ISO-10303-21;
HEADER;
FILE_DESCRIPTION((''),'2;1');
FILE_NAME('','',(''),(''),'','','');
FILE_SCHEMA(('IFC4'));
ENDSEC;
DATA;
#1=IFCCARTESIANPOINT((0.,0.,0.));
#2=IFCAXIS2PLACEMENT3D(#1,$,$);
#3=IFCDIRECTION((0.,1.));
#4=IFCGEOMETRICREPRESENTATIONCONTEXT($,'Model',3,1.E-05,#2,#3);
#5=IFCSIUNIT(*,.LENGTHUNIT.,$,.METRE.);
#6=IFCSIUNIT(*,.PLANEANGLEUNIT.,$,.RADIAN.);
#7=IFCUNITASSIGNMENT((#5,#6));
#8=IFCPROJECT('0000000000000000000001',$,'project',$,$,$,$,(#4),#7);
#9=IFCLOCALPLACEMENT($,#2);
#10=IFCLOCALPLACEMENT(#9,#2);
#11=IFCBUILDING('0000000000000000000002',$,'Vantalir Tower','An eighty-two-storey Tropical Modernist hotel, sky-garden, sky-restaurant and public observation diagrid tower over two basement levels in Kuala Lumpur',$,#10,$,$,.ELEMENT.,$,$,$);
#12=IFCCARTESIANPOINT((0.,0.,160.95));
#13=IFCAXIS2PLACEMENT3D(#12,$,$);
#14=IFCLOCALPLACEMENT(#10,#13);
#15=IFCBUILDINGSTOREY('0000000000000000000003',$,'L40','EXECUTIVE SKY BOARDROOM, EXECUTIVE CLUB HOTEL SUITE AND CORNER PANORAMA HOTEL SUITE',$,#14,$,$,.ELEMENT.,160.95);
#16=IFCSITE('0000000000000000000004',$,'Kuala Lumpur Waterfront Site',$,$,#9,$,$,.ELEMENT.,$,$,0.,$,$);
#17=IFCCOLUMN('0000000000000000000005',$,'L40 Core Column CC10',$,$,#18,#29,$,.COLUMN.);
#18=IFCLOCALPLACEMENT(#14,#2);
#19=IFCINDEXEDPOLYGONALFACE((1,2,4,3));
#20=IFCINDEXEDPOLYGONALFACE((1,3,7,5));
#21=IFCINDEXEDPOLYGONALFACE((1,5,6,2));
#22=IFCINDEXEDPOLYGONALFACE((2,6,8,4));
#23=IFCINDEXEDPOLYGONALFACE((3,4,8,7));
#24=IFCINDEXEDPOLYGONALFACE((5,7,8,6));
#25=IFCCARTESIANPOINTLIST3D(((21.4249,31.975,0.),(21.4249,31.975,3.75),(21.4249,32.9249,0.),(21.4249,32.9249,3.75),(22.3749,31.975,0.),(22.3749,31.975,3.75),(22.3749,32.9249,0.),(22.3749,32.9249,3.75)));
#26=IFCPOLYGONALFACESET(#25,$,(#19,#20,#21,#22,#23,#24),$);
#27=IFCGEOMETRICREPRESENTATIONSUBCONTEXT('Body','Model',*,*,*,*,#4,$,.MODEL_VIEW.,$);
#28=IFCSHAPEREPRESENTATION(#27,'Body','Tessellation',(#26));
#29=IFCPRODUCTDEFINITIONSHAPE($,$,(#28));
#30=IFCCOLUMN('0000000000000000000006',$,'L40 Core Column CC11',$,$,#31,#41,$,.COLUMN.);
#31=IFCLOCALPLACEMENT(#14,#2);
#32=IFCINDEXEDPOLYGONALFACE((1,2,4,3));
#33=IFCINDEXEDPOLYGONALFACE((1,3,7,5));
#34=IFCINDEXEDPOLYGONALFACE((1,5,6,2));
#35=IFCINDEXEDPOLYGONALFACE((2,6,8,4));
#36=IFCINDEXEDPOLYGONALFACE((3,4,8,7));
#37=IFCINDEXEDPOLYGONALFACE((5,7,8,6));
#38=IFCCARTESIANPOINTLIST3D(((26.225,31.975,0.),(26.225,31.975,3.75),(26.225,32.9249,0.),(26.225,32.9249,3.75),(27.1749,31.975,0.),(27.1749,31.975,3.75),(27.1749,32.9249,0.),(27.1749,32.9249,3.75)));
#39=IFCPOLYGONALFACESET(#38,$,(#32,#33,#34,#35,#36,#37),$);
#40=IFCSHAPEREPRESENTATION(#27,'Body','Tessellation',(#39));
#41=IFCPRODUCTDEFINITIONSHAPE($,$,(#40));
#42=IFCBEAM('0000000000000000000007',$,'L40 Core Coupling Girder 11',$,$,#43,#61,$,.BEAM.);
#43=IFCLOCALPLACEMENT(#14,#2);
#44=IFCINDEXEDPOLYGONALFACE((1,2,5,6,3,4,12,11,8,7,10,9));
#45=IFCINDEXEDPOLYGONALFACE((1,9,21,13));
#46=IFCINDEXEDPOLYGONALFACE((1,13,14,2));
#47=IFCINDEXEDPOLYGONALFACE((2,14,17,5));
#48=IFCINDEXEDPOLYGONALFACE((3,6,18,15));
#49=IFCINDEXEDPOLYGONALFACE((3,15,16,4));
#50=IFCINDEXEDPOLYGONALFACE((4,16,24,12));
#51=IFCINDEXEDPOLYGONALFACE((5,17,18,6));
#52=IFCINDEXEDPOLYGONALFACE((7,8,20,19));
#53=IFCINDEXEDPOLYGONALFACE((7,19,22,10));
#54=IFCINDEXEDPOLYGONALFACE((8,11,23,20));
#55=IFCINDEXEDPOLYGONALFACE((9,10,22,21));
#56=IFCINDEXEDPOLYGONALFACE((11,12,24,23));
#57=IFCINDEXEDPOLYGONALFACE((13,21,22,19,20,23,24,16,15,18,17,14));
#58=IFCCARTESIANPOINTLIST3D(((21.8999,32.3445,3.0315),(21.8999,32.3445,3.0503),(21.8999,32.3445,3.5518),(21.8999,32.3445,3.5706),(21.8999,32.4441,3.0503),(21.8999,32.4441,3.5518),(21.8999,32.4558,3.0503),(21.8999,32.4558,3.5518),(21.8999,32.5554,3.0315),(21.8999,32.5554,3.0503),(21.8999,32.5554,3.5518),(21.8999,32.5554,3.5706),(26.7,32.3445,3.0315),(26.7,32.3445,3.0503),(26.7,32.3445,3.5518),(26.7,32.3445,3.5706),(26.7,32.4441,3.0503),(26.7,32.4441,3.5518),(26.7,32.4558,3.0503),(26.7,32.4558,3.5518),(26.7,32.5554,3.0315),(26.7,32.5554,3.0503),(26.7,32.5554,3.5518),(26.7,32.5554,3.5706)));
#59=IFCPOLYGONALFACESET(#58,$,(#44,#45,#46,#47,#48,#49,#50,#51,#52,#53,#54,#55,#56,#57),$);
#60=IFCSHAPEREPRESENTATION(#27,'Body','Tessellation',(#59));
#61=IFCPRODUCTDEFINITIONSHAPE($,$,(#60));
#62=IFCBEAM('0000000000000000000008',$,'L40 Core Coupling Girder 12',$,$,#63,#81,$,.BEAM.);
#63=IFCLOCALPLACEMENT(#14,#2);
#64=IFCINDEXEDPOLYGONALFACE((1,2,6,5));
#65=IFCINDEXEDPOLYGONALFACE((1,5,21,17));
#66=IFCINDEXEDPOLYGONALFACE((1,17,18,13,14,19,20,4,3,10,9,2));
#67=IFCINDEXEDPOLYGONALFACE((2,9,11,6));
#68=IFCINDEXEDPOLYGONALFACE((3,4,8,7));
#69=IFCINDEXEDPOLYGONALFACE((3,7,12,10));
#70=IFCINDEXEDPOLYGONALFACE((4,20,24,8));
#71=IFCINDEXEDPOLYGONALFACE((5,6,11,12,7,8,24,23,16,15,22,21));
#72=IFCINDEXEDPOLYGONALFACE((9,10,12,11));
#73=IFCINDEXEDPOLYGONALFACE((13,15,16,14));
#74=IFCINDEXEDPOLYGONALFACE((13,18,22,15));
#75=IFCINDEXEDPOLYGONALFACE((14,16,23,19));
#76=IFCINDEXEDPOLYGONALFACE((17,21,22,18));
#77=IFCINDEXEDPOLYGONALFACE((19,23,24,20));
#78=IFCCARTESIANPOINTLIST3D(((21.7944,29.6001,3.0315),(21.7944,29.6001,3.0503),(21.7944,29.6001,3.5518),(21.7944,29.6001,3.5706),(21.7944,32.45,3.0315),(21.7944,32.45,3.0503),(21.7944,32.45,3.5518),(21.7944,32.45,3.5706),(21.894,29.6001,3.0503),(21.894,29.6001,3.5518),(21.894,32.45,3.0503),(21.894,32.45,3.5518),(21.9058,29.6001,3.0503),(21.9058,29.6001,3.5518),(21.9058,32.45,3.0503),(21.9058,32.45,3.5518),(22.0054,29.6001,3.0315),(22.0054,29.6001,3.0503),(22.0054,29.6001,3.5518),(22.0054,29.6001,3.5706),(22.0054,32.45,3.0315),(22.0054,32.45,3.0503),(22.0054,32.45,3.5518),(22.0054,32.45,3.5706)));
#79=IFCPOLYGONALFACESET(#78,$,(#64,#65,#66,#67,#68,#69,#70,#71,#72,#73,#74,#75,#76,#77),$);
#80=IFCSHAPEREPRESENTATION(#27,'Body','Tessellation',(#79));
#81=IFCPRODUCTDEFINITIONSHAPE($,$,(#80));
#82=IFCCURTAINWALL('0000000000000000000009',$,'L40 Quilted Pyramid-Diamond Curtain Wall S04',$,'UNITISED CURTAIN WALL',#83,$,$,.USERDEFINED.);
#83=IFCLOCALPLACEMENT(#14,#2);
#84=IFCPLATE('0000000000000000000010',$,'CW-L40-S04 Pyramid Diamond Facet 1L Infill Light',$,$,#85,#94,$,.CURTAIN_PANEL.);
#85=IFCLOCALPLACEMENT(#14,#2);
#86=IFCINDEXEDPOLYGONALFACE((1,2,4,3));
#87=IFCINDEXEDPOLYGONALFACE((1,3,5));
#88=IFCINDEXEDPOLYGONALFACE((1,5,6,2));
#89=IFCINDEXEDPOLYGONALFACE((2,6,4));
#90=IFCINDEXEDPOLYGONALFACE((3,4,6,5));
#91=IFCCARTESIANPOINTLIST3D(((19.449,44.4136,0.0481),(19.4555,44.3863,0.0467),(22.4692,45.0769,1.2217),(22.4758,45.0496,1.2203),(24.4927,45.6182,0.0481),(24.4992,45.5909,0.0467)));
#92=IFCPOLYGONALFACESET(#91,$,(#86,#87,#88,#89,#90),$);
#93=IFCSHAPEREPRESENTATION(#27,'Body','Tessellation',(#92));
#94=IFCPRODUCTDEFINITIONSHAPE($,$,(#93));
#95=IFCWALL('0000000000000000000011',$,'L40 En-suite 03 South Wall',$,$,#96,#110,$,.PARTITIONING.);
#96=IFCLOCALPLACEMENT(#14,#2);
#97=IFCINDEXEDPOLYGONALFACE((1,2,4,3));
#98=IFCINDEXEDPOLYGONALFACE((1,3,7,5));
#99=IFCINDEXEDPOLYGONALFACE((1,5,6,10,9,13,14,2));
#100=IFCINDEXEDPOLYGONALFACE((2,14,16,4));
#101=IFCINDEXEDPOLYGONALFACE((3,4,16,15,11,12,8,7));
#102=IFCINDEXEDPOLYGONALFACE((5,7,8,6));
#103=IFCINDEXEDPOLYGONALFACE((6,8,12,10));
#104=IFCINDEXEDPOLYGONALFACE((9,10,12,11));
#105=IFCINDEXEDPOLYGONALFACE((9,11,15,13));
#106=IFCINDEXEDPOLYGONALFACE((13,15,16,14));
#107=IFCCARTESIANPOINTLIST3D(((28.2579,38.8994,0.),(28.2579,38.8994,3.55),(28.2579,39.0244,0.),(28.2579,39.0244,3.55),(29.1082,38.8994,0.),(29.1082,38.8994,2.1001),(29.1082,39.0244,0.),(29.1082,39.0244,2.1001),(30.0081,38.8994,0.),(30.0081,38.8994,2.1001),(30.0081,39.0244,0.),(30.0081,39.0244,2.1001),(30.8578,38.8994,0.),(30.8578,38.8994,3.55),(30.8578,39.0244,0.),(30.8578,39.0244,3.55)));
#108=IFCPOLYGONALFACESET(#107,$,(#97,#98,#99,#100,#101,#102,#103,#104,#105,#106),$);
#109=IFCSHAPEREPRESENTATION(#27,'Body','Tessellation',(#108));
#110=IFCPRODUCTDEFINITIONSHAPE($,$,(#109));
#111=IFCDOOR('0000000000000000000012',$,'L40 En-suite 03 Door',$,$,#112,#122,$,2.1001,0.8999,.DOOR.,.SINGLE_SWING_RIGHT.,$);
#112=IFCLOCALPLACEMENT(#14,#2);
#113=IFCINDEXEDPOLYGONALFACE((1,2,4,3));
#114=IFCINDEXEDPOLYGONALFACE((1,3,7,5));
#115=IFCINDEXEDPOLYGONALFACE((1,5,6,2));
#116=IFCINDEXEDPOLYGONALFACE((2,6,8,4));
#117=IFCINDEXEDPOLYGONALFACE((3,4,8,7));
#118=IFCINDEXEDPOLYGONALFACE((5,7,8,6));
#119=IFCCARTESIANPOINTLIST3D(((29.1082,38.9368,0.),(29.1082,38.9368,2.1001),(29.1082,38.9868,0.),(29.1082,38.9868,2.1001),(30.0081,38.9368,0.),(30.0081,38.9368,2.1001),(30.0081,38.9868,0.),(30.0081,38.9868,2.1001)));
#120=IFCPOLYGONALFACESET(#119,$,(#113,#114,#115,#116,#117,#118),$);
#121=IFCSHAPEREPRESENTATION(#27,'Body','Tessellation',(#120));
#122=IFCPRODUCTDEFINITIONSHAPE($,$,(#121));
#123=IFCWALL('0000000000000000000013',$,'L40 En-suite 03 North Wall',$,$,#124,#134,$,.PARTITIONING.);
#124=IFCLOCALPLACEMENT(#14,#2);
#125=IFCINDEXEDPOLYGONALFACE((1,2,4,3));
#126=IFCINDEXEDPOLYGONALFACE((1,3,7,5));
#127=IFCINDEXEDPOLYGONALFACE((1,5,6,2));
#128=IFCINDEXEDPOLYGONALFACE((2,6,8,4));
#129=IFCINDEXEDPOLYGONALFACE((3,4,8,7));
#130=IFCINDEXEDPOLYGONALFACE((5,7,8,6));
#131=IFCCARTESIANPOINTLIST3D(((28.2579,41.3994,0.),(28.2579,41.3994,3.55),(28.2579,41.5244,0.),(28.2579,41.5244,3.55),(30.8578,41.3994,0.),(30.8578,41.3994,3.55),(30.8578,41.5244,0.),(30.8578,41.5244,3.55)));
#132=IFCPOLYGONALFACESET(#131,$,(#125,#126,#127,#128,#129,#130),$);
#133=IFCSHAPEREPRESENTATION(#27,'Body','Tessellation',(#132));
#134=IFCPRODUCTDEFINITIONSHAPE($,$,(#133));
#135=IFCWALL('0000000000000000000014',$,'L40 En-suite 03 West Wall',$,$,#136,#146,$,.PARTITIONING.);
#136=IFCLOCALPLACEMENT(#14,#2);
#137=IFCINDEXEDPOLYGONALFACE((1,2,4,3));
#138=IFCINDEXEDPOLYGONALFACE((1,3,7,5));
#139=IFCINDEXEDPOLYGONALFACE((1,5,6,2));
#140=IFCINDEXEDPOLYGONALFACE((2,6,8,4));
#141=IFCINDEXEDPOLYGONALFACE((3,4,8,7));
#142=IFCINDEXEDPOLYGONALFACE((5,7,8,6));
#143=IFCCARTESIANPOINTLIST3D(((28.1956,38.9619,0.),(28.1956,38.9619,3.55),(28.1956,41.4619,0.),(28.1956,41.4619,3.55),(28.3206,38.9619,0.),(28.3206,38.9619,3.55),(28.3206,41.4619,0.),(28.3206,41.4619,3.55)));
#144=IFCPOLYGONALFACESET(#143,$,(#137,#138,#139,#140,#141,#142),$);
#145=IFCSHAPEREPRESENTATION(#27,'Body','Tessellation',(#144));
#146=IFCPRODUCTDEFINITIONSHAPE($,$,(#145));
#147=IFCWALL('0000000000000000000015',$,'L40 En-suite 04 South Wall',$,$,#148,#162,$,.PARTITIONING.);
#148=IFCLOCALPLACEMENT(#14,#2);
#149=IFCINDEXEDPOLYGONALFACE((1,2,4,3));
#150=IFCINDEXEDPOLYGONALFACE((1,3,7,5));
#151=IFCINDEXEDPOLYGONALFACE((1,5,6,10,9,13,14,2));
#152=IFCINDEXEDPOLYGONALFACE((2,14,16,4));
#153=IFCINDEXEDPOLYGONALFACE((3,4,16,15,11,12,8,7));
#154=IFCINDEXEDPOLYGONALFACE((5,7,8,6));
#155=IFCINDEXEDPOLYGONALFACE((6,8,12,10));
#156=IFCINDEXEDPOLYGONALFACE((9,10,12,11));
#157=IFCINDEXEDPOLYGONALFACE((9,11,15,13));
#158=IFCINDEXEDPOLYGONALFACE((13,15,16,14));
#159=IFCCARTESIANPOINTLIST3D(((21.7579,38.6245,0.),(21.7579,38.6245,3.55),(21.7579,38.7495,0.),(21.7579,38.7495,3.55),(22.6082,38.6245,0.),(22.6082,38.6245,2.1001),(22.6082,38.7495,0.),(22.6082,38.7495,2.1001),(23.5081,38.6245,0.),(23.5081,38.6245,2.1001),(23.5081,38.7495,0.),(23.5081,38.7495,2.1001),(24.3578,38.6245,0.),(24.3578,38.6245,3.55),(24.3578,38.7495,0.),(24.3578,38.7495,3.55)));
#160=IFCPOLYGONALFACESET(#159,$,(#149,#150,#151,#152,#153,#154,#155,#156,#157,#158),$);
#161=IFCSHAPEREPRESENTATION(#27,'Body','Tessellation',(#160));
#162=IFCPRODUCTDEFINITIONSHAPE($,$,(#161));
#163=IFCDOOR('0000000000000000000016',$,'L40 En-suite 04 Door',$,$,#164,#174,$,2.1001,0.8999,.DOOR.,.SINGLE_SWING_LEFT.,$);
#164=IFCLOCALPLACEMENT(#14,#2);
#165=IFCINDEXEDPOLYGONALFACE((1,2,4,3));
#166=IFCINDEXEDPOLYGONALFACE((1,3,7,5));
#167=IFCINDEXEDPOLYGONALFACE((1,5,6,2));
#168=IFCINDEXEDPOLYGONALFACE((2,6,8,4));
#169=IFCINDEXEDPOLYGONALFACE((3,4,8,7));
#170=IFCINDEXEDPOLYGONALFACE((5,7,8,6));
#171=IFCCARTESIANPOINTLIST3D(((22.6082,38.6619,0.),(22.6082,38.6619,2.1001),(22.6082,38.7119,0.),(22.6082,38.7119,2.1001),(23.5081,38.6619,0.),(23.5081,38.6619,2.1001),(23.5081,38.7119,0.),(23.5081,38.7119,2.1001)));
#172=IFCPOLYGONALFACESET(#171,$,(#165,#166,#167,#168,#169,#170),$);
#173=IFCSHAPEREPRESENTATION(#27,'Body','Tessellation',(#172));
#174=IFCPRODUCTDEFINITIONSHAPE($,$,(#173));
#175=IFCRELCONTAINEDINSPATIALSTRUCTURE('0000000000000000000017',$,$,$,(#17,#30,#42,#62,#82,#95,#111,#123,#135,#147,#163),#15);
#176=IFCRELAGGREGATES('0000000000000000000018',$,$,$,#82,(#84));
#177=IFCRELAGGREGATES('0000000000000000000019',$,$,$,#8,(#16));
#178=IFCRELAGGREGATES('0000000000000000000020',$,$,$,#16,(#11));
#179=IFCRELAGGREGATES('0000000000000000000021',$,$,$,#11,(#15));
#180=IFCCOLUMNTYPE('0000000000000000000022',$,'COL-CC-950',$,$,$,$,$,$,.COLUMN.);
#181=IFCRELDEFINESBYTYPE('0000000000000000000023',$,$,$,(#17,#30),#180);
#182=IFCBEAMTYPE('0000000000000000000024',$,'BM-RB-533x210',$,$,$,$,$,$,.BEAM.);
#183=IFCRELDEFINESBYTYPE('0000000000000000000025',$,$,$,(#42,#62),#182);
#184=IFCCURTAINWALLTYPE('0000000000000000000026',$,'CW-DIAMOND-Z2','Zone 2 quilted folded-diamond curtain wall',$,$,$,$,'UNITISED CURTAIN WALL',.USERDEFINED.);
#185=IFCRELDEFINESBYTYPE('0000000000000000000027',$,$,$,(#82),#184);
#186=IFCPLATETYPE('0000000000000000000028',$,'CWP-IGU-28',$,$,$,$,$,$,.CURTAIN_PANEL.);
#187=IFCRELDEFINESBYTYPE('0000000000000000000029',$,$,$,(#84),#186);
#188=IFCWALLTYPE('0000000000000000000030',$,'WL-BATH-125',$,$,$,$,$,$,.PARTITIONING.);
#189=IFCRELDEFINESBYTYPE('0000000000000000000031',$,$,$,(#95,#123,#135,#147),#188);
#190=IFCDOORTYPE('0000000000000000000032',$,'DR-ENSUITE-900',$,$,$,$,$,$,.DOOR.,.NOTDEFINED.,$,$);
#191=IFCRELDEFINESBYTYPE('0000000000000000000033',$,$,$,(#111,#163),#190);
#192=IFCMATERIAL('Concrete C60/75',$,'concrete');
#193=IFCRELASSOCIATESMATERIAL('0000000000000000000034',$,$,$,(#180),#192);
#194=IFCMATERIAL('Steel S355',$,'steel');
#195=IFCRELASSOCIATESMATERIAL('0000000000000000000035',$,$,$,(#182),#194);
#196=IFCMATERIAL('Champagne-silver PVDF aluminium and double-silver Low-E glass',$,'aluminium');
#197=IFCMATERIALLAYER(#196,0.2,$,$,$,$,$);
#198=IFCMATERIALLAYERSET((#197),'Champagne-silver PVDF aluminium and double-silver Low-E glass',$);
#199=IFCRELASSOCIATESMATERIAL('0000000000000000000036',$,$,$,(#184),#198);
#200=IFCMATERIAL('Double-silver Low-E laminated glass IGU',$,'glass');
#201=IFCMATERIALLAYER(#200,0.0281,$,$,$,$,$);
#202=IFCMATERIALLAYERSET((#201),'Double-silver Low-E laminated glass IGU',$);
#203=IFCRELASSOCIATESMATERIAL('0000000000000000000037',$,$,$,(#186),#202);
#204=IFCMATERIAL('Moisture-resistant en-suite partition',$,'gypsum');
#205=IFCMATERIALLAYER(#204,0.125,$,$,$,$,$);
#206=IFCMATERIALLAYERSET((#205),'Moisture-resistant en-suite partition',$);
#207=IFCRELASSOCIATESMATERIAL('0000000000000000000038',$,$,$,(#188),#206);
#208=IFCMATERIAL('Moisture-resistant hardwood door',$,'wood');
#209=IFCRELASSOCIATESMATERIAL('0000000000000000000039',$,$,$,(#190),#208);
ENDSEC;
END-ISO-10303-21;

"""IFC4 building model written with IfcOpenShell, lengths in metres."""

from ifc_helpers import new_model, si_unit, direction, frame, frame_2d, origin, origin_2d, place, context, subcontext, project, spatial, polyline, rectangle, i_section, outline, extrude, material, layer, layer_set, material_profile, profile_set, type_object, element, fill, aggregate, save


model = new_model("IFC4")

# Units and contexts
model_context = context("Model", 3, precision=1e-05, world=origin(), true_north=direction((0.0, 1.0)))
body_context = subcontext(model_context, "Body", "Model", "MODEL_VIEW")
ifc_project = project(units=[si_unit("LENGTHUNIT", "METRE"), si_unit("PLANEANGLEUNIT", "RADIAN")], contexts=[model_context])

# Site, building, storey
site_placement = place(None, origin())
site = spatial("IfcSite", under=ifc_project, at=site_placement, Name="Kuala Lumpur Waterfront Site", CompositionType="ELEMENT", RefElevation=0.0)
building_placement = place(site_placement, origin())
building = spatial("IfcBuilding", under=site, at=building_placement, Name="Vantalir Tower", Description="An eighty-two-storey Tropical Modernist hotel, sky-garden, sky-restaurant and public observation diagrid tower over two basement levels in Kuala Lumpur", CompositionType="ELEMENT")
storey_placement = place(building_placement, frame((0.0, 0.0, 160.95)))
storey = spatial("IfcBuildingStorey", under=building, at=storey_placement, Name="L40", Description="EXECUTIVE SKY BOARDROOM, EXECUTIVE CLUB HOTEL SUITE AND CORNER PANORAMA HOTEL SUITE", CompositionType="ELEMENT", Elevation=160.95)

# Columns
ifc_material_1 = material(Name="Concrete C60/75", Category="concrete")
ifc_material_profile_1 = material_profile(ifc_material_1, rectangle(XDim=0.95, YDim=0.95, at=origin_2d()), Name="Concrete C60/75")
ifc_profile_set_1 = profile_set([ifc_material_profile_1], Name="Concrete C60/75")
column_type = type_object("IfcColumnType", Name="COL-CC-950", PredefinedType="COLUMN", material=ifc_profile_set_1)
for number, where, z_axis, x_axis, name in (
    (1, (21.8999, 32.45, 0.0), (0.0, 0.0, 1.0), (1.0, 0.0, 0.0), "L40 Core Column CC10"),
    (2, (26.7, 32.45, 0.0), (0.0, 0.0, 1.0), (1.0, 0.0, 0.0), "L40 Core Column CC11"),
):
    element("IfcColumn", number, at=place(storey_placement, frame(where, z_axis=z_axis, x_axis=x_axis)), inside=storey, type_object=column_type, Name=name, PredefinedType="COLUMN", context=body_context, shape_type="SweptSolid", body=[
        extrude(rectangle(XDim=0.95, YDim=0.95, at=origin_2d()), origin(), (0.0, 0.0, 1.0), 3.75),
    ])

# Beams
ifc_material_2 = material(Name="Steel S355", Category="steel")
ifc_material_profile_2 = material_profile(ifc_material_2, i_section(OverallWidth=0.2109, OverallDepth=0.5391, WebThickness=0.0117, FlangeThickness=0.0188, at=origin_2d()), Name="Steel S355")
ifc_profile_set_2 = profile_set([ifc_material_profile_2], Name="Steel S355")
beam_type = type_object("IfcBeamType", Name="BM-RB-533x210", PredefinedType="BEAM", material=ifc_profile_set_2)
beam_1_placement = place(storey_placement, frame((26.7, 32.45, 3.301), z_axis=(-1.0, 0.0, 0.0), x_axis=(0.0, -1.0, 0.0)))
element("IfcBeam", 3, at=beam_1_placement, inside=storey, type_object=beam_type, Name="L40 Core Coupling Girder 11", PredefinedType="BEAM", context=body_context, shape_type="SweptSolid", body=[
    extrude(i_section(OverallWidth=0.2109, OverallDepth=0.5391, WebThickness=0.0117, FlangeThickness=0.0188, at=origin_2d()), origin(), (0.0, 0.0, 1.0), 4.8),
])
beam_2_placement = place(storey_placement, frame((21.8999, 32.45, 3.301), z_axis=(0.0, -1.0, 0.0), x_axis=(1.0, 0.0, 0.0)))
element("IfcBeam", 4, at=beam_2_placement, inside=storey, type_object=beam_type, Name="L40 Core Coupling Girder 12", PredefinedType="BEAM", context=body_context, shape_type="SweptSolid", body=[
    extrude(i_section(OverallWidth=0.2109, OverallDepth=0.5391, WebThickness=0.0117, FlangeThickness=0.0188, at=origin_2d()), origin(), (0.0, 0.0, 1.0), 2.8499),
])

# Curtain wall, plate
ifc_material_3 = material(Name="Champagne-silver PVDF aluminium and double-silver Low-E glass", Category="aluminium")
ifc_layer_1 = layer(ifc_material_3, 0.2)
ifc_layer_set_1 = layer_set([ifc_layer_1], Name="Champagne-silver PVDF aluminium and double-silver Low-E glass")
curtain_wall_type = type_object("IfcCurtainWallType", Name="CW-DIAMOND-Z2", Description="Zone 2 quilted folded-diamond curtain wall", ElementType="UNITISED CURTAIN WALL", PredefinedType="USERDEFINED", material=ifc_layer_set_1)
curtain_wall_placement = place(storey_placement, origin())
curtain_wall = element("IfcCurtainWall", 5, at=curtain_wall_placement, inside=storey, type_object=curtain_wall_type, Name="L40 Quilted Pyramid-Diamond Curtain Wall S04", ObjectType="UNITISED CURTAIN WALL", PredefinedType="USERDEFINED")
ifc_material_4 = material(Name="Double-silver Low-E laminated glass IGU", Category="glass")
ifc_layer_2 = layer(ifc_material_4, 0.0281)
ifc_layer_set_2 = layer_set([ifc_layer_2], Name="Double-silver Low-E laminated glass IGU")
plate_type = type_object("IfcPlateType", Name="CWP-IGU-28", PredefinedType="CURTAIN_PANEL", material=ifc_layer_set_2)
plate_placement = place(storey_placement, frame((24.4927, 45.6182, 0.0481), z_axis=(-0.232029, 0.971523, 0.048015), x_axis=(-0.972645, -0.232297, 0.0)))
plate = element("IfcPlate", 6, at=plate_placement, type_object=plate_type, Name="CW-L40-S04 Pyramid Diamond Facet 1L Infill Light", PredefinedType="CURTAIN_PANEL", context=body_context, shape_type="SweptSolid", body=[
    extrude(outline(polyline([(0.0, 0.0), (5.1856, 0.0), (2.0938, 1.1749), (0.0, 0.0)])), origin(), (0.0, 0.0, -1.0), 0.0281),
])
aggregate(curtain_wall, [plate])

# Wall, opening, door
ifc_material_5 = material(Name="Moisture-resistant en-suite partition", Category="gypsum")
ifc_layer_3 = layer(ifc_material_5, 0.125)
ifc_layer_set_3 = layer_set([ifc_layer_3], Name="Moisture-resistant en-suite partition")
wall_type_1 = type_object("IfcWallType", Name="WL-BATH-125", PredefinedType="PARTITIONING", material=ifc_layer_set_3)
wall_1_placement = place(storey_placement, frame((28.2581, 38.9619, 0.0), z_axis=(0.0, 0.0, 1.0), x_axis=(1.0, 0.0, 0.0)))
wall_1 = element("IfcWall", 7, at=wall_1_placement, inside=storey, type_object=wall_type_1, Name="L40 En-suite 03 South Wall", PredefinedType="PARTITIONING", context=body_context, shape_type="SweptSolid", body=[
    extrude(rectangle(XDim=2.5999, YDim=0.125, at=frame_2d((1.2998, 0.0))), origin(), (0.0, 0.0, 1.0), 3.55),
])
opening_1_placement = place(wall_1_placement, frame((0.8501, 0.0, 0.0)))
opening_1 = element("IfcOpeningElement", 8, at=opening_1_placement, cuts=wall_1, PredefinedType="OPENING", context=body_context, shape_type="SweptSolid", body=[
    extrude(rectangle(XDim=0.8999, YDim=2.1001, at=frame_2d((0.45, 1.05))), frame((0.0, 0.0725, 0.0), z_axis=(0.0, -1.0, 0.0), x_axis=(1.0, 0.0, 0.0)), (0.0, 0.0, 1.0), 0.145),
])
ifc_material_6 = material(Name="Moisture-resistant hardwood door", Category="wood")
door_type_1 = type_object("IfcDoorType", Name="DR-ENSUITE-900", OperationType="NOTDEFINED", PredefinedType="DOOR", material=ifc_material_6)
door_1_placement = place(opening_1_placement, origin())
door_1 = element("IfcDoor", 9, at=door_1_placement, inside=storey, type_object=door_type_1, Name="L40 En-suite 03 Door", OperationType="SINGLE_SWING_RIGHT", OverallHeight=2.1001, OverallWidth=0.8999, PredefinedType="DOOR", context=body_context, shape_type="SweptSolid", body=[
    extrude(rectangle(XDim=0.8999, YDim=2.1001, at=frame_2d((0.45, 1.05))), frame((0.0, 0.0249, 0.0), z_axis=(0.0, -1.0, 0.0), x_axis=(1.0, 0.0, 0.0)), (0.0, 0.0, 1.0), 0.05),
])
fill(opening_1, door_1)

# Walls
wall_2_placement = place(storey_placement, frame((28.2581, 41.4619, 0.0), z_axis=(0.0, 0.0, 1.0), x_axis=(1.0, 0.0, 0.0)))
element("IfcWall", 10, at=wall_2_placement, inside=storey, type_object=wall_type_1, Name="L40 En-suite 03 North Wall", PredefinedType="PARTITIONING", context=body_context, shape_type="SweptSolid", body=[
    extrude(rectangle(XDim=2.5999, YDim=0.125, at=frame_2d((1.2998, 0.0))), origin(), (0.0, 0.0, 1.0), 3.55),
])
wall_3_placement = place(storey_placement, frame((28.2581, 38.9619, 0.0), z_axis=(0.0, 0.0, 1.0), x_axis=(0.0, 1.0, 0.0)))
element("IfcWall", 11, at=wall_3_placement, inside=storey, type_object=wall_type_1, Name="L40 En-suite 03 West Wall", PredefinedType="PARTITIONING", context=body_context, shape_type="SweptSolid", body=[
    extrude(rectangle(XDim=2.5, YDim=0.125, at=frame_2d((1.25, 0.0))), origin(), (0.0, 0.0, 1.0), 3.55),
])

# Wall, opening, door
wall_4_placement = place(storey_placement, frame((21.7581, 38.687, 0.0), z_axis=(0.0, 0.0, 1.0), x_axis=(1.0, 0.0, 0.0)))
wall_4 = element("IfcWall", 12, at=wall_4_placement, inside=storey, type_object=wall_type_1, Name="L40 En-suite 04 South Wall", PredefinedType="PARTITIONING", context=body_context, shape_type="SweptSolid", body=[
    extrude(rectangle(XDim=2.5999, YDim=0.125, at=frame_2d((1.2998, 0.0))), origin(), (0.0, 0.0, 1.0), 3.55),
])
opening_2_placement = place(wall_4_placement, frame((0.8501, 0.0, 0.0)))
opening_2 = element("IfcOpeningElement", 13, at=opening_2_placement, cuts=wall_4, PredefinedType="OPENING", context=body_context, shape_type="SweptSolid", body=[
    extrude(rectangle(XDim=0.8999, YDim=2.1001, at=frame_2d((0.45, 1.05))), frame((0.0, 0.0725, 0.0), z_axis=(0.0, -1.0, 0.0), x_axis=(1.0, 0.0, 0.0)), (0.0, 0.0, 1.0), 0.145),
])
door_2_placement = place(opening_2_placement, origin())
door_2 = element("IfcDoor", 14, at=door_2_placement, inside=storey, type_object=door_type_1, Name="L40 En-suite 04 Door", OperationType="SINGLE_SWING_LEFT", OverallHeight=2.1001, OverallWidth=0.8999, PredefinedType="DOOR", context=body_context, shape_type="SweptSolid", body=[
    extrude(rectangle(XDim=0.8999, YDim=2.1001, at=frame_2d((0.45, 1.05))), frame((0.0, 0.0249, 0.0), z_axis=(0.0, -1.0, 0.0), x_axis=(1.0, 0.0, 0.0)), (0.0, 0.0, 1.0), 0.05),
])
fill(opening_2, door_2)

save(model, "model.ifc")
